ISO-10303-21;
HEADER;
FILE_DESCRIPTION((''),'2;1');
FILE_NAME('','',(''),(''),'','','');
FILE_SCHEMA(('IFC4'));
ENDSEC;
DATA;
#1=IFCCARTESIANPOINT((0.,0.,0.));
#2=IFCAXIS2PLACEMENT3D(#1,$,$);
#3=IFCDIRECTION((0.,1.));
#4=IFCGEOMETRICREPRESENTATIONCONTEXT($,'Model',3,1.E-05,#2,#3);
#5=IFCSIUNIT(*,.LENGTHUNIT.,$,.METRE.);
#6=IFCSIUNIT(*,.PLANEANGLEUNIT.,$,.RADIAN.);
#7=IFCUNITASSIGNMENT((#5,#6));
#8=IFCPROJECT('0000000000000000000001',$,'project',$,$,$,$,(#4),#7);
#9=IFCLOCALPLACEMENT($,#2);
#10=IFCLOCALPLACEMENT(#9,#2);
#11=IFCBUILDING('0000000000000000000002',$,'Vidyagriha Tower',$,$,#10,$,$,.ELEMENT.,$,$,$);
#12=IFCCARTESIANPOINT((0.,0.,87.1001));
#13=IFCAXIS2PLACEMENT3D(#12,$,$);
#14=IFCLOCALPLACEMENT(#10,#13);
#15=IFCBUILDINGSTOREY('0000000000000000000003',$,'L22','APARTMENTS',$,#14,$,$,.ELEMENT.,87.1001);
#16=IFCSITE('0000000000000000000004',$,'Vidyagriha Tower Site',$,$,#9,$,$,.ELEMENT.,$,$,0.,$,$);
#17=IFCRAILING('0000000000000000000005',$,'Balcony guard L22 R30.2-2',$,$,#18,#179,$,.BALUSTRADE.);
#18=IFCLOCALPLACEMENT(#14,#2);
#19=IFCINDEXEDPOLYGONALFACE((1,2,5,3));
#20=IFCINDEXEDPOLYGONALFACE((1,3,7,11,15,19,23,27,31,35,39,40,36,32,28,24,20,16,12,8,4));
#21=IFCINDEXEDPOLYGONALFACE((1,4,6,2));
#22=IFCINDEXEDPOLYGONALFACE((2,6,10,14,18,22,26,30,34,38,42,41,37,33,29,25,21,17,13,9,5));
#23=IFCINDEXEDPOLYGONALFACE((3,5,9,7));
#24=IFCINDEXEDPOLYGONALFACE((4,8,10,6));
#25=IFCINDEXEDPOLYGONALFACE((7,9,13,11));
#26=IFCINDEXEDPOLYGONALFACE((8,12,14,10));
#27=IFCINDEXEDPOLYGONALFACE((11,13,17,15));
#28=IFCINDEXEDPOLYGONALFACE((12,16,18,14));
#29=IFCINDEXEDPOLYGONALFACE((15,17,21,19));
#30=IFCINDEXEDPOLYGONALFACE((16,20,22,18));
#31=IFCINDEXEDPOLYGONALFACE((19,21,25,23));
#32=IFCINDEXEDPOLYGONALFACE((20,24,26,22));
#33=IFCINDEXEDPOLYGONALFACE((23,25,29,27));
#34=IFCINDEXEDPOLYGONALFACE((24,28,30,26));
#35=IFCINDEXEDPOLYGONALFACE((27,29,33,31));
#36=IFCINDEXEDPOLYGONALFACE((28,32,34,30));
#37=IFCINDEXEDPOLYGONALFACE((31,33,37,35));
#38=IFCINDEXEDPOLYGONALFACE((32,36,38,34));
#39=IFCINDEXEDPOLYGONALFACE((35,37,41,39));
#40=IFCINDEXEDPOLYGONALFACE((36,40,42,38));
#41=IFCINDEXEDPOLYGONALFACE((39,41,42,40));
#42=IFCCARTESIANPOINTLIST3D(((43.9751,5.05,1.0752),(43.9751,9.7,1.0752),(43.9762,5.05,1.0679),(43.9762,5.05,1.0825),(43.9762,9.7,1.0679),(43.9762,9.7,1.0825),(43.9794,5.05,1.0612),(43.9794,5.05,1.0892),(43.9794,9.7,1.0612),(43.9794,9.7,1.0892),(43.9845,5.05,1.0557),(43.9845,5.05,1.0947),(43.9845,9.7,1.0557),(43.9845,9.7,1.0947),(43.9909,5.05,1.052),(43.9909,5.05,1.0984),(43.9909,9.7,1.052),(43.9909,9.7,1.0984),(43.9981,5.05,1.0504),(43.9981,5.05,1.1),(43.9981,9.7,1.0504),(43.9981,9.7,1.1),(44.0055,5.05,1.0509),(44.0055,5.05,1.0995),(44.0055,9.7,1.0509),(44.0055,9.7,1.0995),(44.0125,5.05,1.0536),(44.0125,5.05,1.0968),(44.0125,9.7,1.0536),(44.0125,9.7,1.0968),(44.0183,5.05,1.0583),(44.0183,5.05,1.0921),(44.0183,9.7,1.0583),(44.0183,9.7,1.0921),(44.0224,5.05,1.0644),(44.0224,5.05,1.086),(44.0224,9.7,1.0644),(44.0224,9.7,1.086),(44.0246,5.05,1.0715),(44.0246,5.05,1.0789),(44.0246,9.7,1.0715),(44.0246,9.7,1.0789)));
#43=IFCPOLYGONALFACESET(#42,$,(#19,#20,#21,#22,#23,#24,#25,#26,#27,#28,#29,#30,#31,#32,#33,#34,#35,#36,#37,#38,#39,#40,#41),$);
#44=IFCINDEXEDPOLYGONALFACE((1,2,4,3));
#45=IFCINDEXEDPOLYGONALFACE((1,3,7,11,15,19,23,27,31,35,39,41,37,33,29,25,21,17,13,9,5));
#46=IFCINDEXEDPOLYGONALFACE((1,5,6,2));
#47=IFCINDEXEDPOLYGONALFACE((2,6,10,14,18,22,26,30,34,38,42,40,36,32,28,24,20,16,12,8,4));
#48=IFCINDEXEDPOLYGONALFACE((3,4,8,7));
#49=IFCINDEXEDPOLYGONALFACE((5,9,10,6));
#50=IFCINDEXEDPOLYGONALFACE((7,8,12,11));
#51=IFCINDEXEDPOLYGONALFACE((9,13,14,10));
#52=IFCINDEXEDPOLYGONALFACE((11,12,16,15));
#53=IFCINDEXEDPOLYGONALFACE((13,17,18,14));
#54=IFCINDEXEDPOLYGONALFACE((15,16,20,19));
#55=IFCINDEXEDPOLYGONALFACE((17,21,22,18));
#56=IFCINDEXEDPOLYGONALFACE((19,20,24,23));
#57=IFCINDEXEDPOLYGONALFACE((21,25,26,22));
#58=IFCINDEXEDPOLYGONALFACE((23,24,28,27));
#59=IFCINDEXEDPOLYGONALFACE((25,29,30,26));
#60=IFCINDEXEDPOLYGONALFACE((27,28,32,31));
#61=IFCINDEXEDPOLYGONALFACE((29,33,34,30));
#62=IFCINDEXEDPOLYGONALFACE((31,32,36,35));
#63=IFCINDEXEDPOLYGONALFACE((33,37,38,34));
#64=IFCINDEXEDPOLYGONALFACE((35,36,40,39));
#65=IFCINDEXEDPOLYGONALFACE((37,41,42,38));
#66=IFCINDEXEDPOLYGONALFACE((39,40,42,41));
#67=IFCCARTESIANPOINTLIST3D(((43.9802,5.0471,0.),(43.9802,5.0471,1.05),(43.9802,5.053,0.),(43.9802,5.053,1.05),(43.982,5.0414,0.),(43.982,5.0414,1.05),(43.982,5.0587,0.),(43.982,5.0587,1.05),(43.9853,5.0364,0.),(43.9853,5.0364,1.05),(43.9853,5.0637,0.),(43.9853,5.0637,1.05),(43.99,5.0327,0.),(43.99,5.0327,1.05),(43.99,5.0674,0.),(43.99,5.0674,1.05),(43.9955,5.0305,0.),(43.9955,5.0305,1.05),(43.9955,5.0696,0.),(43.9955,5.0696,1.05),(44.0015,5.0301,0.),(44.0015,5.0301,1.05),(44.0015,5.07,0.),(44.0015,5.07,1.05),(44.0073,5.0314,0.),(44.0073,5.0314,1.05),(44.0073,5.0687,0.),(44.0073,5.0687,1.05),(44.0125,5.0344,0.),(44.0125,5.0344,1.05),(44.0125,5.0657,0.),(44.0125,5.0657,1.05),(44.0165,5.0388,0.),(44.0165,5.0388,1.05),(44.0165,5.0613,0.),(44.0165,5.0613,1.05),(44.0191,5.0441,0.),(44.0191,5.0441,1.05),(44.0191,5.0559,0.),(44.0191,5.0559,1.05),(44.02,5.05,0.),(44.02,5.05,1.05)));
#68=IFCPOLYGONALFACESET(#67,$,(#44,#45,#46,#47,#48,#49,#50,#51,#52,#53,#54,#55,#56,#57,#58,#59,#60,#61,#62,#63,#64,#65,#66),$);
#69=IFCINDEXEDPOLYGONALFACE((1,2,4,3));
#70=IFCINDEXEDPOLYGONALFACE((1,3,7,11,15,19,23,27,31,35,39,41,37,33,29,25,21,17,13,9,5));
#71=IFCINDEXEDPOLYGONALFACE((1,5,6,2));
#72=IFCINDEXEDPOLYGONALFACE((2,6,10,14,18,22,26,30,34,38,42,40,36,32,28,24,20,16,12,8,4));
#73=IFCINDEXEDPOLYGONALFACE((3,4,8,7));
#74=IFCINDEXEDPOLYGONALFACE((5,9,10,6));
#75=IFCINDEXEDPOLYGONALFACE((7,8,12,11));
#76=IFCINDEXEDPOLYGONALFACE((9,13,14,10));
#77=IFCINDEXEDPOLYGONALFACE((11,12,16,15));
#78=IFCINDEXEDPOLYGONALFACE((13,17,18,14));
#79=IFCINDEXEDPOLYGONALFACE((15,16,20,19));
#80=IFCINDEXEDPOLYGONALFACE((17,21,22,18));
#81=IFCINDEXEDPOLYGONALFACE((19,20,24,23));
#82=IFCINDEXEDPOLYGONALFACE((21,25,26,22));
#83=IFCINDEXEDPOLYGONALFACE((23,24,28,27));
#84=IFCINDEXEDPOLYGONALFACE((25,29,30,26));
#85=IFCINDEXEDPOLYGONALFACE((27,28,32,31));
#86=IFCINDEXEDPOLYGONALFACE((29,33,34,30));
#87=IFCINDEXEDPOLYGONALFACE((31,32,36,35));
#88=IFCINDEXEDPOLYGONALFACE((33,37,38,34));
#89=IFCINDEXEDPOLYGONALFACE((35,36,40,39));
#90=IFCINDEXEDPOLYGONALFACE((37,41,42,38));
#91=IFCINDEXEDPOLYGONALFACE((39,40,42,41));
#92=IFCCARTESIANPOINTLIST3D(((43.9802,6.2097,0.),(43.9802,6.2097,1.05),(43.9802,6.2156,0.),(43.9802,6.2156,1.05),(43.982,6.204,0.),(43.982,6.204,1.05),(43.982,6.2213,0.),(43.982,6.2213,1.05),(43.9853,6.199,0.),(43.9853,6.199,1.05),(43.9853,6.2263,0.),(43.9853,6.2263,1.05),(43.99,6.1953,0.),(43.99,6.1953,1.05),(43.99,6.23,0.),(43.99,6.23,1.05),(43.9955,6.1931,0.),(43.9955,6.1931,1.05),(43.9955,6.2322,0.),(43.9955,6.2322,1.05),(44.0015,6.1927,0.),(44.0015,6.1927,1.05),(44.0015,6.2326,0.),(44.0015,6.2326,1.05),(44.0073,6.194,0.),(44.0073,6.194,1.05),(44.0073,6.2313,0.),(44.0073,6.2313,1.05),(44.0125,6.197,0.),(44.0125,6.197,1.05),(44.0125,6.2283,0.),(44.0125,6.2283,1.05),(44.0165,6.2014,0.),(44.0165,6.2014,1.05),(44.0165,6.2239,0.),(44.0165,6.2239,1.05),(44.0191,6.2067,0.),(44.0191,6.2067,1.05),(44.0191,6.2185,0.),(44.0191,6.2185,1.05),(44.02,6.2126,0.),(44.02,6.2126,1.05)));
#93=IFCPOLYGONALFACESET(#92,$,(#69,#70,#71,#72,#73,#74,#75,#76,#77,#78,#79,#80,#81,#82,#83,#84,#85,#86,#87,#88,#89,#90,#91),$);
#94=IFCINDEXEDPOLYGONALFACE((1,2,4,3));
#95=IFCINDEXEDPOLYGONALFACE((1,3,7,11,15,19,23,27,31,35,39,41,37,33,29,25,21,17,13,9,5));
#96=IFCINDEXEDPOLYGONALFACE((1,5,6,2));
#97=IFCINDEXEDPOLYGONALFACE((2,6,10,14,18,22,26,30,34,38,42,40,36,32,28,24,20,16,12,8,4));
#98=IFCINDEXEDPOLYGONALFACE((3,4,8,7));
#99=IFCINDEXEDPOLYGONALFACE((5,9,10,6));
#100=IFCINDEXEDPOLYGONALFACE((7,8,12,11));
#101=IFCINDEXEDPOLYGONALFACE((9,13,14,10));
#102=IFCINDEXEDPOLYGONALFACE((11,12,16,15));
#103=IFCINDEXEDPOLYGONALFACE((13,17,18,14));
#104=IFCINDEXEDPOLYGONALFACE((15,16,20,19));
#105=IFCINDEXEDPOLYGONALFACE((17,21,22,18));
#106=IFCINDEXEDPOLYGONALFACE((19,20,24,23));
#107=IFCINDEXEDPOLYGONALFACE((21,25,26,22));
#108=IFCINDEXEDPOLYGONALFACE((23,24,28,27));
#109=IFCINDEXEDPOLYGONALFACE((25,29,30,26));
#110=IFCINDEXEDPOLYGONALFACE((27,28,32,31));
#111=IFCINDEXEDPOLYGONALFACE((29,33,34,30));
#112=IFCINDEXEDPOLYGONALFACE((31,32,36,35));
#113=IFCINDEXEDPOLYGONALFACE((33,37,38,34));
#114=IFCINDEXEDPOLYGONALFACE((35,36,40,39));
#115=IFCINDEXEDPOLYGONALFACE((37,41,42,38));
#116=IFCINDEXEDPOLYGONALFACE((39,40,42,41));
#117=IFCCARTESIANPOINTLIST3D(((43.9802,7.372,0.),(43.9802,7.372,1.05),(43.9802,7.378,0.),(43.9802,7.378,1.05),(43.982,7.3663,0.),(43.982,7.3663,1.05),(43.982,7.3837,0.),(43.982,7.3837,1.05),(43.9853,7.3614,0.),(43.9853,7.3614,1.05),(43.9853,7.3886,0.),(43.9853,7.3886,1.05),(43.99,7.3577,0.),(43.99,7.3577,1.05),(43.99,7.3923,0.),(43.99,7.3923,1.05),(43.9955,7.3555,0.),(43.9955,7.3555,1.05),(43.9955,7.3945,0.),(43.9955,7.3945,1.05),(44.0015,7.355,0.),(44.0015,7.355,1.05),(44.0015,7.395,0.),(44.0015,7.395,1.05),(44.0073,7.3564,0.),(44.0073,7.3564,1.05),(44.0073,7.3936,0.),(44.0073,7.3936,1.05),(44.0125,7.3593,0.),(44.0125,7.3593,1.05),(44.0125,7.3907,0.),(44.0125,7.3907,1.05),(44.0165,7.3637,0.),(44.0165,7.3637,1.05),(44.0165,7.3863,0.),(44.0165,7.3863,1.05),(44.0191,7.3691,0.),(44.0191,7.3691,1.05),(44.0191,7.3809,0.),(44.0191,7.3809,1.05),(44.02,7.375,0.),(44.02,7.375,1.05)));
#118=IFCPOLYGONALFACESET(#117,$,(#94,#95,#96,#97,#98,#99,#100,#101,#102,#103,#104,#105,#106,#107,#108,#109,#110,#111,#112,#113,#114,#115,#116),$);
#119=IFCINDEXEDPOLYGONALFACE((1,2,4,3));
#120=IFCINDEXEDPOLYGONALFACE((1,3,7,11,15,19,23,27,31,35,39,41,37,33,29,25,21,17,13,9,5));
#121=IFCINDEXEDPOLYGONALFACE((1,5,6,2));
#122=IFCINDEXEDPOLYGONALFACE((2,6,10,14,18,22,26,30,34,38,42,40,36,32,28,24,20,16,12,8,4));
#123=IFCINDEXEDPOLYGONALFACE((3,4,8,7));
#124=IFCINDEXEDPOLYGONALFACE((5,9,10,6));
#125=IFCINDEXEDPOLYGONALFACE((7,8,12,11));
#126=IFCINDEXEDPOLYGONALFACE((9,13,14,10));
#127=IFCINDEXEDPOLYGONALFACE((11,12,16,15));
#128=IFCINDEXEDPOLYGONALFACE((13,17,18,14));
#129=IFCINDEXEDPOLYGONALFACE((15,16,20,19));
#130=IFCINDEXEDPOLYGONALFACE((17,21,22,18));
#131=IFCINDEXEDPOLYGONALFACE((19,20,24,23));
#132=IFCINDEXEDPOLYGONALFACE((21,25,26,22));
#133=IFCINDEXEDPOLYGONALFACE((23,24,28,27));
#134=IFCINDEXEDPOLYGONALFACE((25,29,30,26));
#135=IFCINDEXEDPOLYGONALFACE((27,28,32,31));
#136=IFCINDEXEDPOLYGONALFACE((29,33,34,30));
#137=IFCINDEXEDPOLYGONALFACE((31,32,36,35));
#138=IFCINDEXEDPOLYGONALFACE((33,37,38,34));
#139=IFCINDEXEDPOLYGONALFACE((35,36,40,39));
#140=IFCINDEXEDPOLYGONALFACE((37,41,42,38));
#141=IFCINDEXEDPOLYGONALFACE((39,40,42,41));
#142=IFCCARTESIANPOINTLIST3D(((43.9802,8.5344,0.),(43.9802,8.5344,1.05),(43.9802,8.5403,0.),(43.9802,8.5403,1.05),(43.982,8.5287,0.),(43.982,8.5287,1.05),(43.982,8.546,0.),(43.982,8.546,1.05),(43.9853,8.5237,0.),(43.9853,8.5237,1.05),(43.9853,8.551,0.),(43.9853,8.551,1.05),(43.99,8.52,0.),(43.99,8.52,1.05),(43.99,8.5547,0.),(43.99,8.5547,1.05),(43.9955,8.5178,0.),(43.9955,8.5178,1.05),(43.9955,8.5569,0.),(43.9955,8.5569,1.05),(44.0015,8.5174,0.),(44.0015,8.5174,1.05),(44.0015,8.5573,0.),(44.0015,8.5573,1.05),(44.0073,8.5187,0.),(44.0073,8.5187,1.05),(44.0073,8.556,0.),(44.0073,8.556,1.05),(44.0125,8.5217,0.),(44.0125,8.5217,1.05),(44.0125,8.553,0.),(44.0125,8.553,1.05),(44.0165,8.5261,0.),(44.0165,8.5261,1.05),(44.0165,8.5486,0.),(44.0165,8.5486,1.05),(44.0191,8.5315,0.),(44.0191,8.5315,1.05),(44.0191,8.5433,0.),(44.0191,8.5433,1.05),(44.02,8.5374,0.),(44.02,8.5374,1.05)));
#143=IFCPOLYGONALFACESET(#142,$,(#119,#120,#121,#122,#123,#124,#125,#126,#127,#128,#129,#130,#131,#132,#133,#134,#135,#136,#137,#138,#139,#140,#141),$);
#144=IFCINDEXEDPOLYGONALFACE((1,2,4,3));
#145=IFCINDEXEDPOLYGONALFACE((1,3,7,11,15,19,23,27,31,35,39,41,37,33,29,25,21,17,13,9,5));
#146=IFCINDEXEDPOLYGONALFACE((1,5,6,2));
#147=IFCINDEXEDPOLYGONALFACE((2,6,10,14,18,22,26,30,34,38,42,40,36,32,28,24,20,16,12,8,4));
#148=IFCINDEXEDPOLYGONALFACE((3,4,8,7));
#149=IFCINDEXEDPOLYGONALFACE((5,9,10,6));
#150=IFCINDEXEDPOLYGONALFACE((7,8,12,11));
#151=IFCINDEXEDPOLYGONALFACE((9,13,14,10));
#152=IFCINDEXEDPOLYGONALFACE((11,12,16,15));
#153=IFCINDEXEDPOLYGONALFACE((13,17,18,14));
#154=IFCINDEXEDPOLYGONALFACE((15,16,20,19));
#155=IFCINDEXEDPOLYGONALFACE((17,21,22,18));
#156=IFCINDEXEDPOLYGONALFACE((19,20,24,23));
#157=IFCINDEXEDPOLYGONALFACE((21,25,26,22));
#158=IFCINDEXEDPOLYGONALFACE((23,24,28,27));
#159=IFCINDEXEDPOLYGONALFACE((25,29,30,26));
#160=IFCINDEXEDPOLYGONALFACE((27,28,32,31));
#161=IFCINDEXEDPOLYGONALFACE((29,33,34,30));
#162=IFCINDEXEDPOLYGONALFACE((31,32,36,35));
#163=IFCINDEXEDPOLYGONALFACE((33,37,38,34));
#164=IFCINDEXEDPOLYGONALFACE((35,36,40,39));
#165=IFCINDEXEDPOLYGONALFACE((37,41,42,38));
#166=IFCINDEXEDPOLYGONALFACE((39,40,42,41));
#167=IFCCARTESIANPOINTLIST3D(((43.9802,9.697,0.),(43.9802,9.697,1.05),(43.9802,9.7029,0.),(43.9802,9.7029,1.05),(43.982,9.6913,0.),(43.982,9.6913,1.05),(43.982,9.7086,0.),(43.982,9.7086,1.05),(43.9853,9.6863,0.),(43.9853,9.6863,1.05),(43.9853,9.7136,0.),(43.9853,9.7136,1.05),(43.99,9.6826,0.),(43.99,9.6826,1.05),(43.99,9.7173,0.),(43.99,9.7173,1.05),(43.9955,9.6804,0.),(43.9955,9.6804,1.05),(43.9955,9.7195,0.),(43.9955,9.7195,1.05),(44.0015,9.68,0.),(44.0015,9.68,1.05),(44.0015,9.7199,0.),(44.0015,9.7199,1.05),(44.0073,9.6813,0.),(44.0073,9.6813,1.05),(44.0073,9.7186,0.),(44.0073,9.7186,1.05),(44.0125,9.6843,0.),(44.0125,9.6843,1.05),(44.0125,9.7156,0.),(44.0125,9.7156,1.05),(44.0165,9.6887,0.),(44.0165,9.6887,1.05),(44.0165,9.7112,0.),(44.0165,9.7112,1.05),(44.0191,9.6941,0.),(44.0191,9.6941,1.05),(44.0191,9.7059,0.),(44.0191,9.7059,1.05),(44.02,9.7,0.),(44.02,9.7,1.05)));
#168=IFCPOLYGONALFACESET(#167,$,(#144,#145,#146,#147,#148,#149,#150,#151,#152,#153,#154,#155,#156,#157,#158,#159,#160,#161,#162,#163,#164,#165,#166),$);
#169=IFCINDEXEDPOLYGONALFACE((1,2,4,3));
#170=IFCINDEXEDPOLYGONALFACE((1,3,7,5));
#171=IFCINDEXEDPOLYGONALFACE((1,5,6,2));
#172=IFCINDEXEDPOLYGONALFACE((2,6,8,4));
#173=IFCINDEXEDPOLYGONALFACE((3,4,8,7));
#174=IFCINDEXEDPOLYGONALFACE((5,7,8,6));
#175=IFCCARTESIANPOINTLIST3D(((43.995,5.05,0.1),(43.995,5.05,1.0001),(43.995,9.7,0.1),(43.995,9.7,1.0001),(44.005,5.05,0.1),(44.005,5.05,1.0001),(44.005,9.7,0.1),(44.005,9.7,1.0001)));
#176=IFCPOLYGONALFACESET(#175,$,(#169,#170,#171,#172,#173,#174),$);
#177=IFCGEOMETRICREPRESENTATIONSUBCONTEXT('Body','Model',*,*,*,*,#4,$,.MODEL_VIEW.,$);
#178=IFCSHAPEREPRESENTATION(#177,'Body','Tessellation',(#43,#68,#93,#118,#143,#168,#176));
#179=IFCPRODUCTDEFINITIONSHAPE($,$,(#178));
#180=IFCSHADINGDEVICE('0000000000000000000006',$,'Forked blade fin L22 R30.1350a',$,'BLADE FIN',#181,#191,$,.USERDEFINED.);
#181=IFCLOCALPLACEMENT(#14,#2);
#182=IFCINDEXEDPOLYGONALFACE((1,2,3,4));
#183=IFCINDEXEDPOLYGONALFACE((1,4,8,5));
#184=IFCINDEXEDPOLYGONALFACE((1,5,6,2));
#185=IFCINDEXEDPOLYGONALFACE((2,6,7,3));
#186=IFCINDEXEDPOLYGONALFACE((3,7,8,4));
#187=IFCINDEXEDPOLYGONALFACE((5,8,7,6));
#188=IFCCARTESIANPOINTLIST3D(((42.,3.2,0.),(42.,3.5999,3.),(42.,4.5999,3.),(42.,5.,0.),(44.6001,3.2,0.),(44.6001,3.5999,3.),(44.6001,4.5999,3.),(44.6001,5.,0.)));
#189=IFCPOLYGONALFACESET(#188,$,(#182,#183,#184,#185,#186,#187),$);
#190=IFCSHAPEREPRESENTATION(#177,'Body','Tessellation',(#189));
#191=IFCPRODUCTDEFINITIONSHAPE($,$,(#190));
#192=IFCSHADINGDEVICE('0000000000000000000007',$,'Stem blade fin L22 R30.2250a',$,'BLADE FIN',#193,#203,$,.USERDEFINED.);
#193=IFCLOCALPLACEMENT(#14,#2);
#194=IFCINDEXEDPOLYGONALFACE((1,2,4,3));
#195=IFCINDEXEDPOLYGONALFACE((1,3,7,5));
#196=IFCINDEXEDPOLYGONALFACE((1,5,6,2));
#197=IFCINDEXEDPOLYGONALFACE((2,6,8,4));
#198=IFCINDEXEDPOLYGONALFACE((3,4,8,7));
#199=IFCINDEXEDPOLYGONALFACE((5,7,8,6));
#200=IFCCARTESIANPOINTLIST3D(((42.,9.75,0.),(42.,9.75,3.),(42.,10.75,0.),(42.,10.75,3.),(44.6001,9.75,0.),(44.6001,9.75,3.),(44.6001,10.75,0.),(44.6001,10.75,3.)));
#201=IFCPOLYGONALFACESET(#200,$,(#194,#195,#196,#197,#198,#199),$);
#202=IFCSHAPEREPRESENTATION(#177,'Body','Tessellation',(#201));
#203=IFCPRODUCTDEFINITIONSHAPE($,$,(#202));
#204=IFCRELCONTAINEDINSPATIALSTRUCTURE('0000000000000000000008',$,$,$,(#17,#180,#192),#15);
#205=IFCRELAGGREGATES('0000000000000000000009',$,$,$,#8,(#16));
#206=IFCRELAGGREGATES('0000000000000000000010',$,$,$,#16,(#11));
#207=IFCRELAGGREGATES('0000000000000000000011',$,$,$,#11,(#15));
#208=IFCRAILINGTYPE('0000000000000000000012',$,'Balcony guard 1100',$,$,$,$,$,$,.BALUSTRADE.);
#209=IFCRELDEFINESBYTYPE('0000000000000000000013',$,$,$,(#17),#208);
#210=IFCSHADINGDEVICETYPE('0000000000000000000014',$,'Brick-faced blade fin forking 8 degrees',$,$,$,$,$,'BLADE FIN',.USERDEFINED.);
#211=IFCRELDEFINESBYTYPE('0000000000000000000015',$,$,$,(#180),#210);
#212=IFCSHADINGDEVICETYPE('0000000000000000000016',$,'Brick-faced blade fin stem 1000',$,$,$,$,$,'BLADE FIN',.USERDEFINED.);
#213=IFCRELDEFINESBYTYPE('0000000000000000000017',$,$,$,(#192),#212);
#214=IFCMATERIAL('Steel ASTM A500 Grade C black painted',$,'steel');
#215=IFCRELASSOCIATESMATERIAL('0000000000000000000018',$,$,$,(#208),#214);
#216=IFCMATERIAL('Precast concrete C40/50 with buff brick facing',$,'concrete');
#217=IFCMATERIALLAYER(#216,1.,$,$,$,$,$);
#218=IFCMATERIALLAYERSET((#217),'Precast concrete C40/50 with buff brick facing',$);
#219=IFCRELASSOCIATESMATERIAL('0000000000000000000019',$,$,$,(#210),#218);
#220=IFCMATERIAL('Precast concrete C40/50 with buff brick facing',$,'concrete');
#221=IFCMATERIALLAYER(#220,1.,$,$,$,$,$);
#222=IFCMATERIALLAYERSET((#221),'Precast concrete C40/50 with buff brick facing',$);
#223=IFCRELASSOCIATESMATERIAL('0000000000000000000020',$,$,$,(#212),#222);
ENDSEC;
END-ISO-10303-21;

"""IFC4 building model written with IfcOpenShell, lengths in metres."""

from ifc_helpers import new_model, si_unit, direction, frame, origin, origin_2d, place, context, subcontext, project, spatial, polyline, rectangle, circle, outline, extrude, material, layer, layer_set, type_object, element, save


model = new_model("IFC4")

# Units and contexts
model_context = context("Model", 3, precision=1e-05, world=origin(), true_north=direction((0.0, 1.0)))
body_context = subcontext(model_context, "Body", "Model", "MODEL_VIEW")
ifc_project = project(units=[si_unit("LENGTHUNIT", "METRE"), si_unit("PLANEANGLEUNIT", "RADIAN")], contexts=[model_context])

# Site, building, storey
site_placement = place(None, origin())
site = spatial("IfcSite", under=ifc_project, at=site_placement, Name="Vidyagriha Tower Site", CompositionType="ELEMENT", RefElevation=0.0)
building_placement = place(site_placement, origin())
building = spatial("IfcBuilding", under=site, at=building_placement, Name="Vidyagriha Tower", CompositionType="ELEMENT")
storey_placement = place(building_placement, frame((0.0, 0.0, 87.1001)))
storey = spatial("IfcBuildingStorey", under=building, at=storey_placement, Name="L22", Description="APARTMENTS", CompositionType="ELEMENT", Elevation=87.1001)

# Railing
ifc_material_1 = material(Name="Steel ASTM A500 Grade C black painted", Category="steel")
railing_type_1 = type_object("IfcRailingType", Name="Balcony guard 1100", PredefinedType="BALUSTRADE", material=ifc_material_1)
railing_1_placement = place(storey_placement, frame((44.0, 5.05, 0.0)))
element("IfcRailing", 1, at=railing_1_placement, inside=storey, type_object=railing_type_1, Name="Balcony guard L22 R30.2-2", PredefinedType="BALUSTRADE", context=body_context, shape_type="SweptSolid", body=[
    extrude(circle(Radius=0.0249, at=origin_2d()), frame((0.0, 0.0, 1.0752), z_axis=(0.0, 1.0, 0.0), x_axis=(-1.0, 0.0, 0.0)), (0.0, 0.0, 1.0), 4.6499),
    extrude(circle(Radius=0.02, at=origin_2d()), origin(), (0.0, 0.0, 1.0), 1.05),
    extrude(circle(Radius=0.02, at=origin_2d()), frame((0.0, 1.1626, 0.0)), (0.0, 0.0, 1.0), 1.05),
    extrude(circle(Radius=0.02, at=origin_2d()), frame((0.0, 2.325, 0.0)), (0.0, 0.0, 1.0), 1.05),
    extrude(circle(Radius=0.02, at=origin_2d()), frame((0.0, 3.4873, 0.0)), (0.0, 0.0, 1.0), 1.05),
    extrude(circle(Radius=0.02, at=origin_2d()), frame((0.0, 4.6499, 0.0)), (0.0, 0.0, 1.0), 1.05),
    extrude(rectangle(XDim=0.01, YDim=0.9001, at=origin_2d()), frame((0.0, 0.0, 0.55), z_axis=(0.0, 1.0, 0.0), x_axis=(-1.0, 0.0, 0.0)), (0.0, 0.0, 1.0), 4.6499),
])

# Shading devices
ifc_material_2 = material(Name="Precast concrete C40/50 with buff brick facing", Category="concrete")
ifc_layer_1 = layer(ifc_material_2, 1.0)
ifc_layer_set_1 = layer_set([ifc_layer_1], Name="Precast concrete C40/50 with buff brick facing")
shading_device_type_1 = type_object("IfcShadingDeviceType", Name="Brick-faced blade fin forking 8 degrees", ElementType="BLADE FIN", PredefinedType="USERDEFINED", material=ifc_layer_set_1)
shading_device_1_placement = place(storey_placement, frame((43.3, 3.2, 0.0), z_axis=(0.0, 0.0, 1.0), x_axis=(0.0, 1.0, 0.0)))
element("IfcShadingDevice", 2, at=shading_device_1_placement, inside=storey, type_object=shading_device_type_1, Name="Forked blade fin L22 R30.1350a", ObjectType="BLADE FIN", PredefinedType="USERDEFINED", context=body_context, shape_type="SweptSolid", body=[
    extrude(outline(polyline([(0.0, 0.0), (1.8, 0.0), (1.3999, 3.0), (0.3999, 3.0), (0.0, 0.0)])), frame((0.0, 1.3, 0.0), z_axis=(0.0, -1.0, 0.0), x_axis=(1.0, 0.0, 0.0)), (0.0, 0.0, 1.0), 2.6001),
])
ifc_material_3 = material(Name="Precast concrete C40/50 with buff brick facing", Category="concrete")
ifc_layer_2 = layer(ifc_material_3, 1.0)
ifc_layer_set_2 = layer_set([ifc_layer_2], Name="Precast concrete C40/50 with buff brick facing")
shading_device_type_2 = type_object("IfcShadingDeviceType", Name="Brick-faced blade fin stem 1000", ElementType="BLADE FIN", PredefinedType="USERDEFINED", material=ifc_layer_set_2)
shading_device_2_placement = place(storey_placement, frame((43.3, 9.75, 0.0), z_axis=(0.0, 0.0, 1.0), x_axis=(0.0, 1.0, 0.0)))
element("IfcShadingDevice", 3, at=shading_device_2_placement, inside=storey, type_object=shading_device_type_2, Name="Stem blade fin L22 R30.2250a", ObjectType="BLADE FIN", PredefinedType="USERDEFINED", context=body_context, shape_type="SweptSolid", body=[
    extrude(outline(polyline([(0.0, 0.0), (1.0, 0.0), (1.0, 3.0), (0.0, 3.0), (0.0, 0.0)])), frame((0.0, 1.3, 0.0), z_axis=(0.0, -1.0, 0.0), x_axis=(1.0, 0.0, 0.0)), (0.0, 0.0, 1.0), 2.6001),
])

save(model, "model.ifc")
